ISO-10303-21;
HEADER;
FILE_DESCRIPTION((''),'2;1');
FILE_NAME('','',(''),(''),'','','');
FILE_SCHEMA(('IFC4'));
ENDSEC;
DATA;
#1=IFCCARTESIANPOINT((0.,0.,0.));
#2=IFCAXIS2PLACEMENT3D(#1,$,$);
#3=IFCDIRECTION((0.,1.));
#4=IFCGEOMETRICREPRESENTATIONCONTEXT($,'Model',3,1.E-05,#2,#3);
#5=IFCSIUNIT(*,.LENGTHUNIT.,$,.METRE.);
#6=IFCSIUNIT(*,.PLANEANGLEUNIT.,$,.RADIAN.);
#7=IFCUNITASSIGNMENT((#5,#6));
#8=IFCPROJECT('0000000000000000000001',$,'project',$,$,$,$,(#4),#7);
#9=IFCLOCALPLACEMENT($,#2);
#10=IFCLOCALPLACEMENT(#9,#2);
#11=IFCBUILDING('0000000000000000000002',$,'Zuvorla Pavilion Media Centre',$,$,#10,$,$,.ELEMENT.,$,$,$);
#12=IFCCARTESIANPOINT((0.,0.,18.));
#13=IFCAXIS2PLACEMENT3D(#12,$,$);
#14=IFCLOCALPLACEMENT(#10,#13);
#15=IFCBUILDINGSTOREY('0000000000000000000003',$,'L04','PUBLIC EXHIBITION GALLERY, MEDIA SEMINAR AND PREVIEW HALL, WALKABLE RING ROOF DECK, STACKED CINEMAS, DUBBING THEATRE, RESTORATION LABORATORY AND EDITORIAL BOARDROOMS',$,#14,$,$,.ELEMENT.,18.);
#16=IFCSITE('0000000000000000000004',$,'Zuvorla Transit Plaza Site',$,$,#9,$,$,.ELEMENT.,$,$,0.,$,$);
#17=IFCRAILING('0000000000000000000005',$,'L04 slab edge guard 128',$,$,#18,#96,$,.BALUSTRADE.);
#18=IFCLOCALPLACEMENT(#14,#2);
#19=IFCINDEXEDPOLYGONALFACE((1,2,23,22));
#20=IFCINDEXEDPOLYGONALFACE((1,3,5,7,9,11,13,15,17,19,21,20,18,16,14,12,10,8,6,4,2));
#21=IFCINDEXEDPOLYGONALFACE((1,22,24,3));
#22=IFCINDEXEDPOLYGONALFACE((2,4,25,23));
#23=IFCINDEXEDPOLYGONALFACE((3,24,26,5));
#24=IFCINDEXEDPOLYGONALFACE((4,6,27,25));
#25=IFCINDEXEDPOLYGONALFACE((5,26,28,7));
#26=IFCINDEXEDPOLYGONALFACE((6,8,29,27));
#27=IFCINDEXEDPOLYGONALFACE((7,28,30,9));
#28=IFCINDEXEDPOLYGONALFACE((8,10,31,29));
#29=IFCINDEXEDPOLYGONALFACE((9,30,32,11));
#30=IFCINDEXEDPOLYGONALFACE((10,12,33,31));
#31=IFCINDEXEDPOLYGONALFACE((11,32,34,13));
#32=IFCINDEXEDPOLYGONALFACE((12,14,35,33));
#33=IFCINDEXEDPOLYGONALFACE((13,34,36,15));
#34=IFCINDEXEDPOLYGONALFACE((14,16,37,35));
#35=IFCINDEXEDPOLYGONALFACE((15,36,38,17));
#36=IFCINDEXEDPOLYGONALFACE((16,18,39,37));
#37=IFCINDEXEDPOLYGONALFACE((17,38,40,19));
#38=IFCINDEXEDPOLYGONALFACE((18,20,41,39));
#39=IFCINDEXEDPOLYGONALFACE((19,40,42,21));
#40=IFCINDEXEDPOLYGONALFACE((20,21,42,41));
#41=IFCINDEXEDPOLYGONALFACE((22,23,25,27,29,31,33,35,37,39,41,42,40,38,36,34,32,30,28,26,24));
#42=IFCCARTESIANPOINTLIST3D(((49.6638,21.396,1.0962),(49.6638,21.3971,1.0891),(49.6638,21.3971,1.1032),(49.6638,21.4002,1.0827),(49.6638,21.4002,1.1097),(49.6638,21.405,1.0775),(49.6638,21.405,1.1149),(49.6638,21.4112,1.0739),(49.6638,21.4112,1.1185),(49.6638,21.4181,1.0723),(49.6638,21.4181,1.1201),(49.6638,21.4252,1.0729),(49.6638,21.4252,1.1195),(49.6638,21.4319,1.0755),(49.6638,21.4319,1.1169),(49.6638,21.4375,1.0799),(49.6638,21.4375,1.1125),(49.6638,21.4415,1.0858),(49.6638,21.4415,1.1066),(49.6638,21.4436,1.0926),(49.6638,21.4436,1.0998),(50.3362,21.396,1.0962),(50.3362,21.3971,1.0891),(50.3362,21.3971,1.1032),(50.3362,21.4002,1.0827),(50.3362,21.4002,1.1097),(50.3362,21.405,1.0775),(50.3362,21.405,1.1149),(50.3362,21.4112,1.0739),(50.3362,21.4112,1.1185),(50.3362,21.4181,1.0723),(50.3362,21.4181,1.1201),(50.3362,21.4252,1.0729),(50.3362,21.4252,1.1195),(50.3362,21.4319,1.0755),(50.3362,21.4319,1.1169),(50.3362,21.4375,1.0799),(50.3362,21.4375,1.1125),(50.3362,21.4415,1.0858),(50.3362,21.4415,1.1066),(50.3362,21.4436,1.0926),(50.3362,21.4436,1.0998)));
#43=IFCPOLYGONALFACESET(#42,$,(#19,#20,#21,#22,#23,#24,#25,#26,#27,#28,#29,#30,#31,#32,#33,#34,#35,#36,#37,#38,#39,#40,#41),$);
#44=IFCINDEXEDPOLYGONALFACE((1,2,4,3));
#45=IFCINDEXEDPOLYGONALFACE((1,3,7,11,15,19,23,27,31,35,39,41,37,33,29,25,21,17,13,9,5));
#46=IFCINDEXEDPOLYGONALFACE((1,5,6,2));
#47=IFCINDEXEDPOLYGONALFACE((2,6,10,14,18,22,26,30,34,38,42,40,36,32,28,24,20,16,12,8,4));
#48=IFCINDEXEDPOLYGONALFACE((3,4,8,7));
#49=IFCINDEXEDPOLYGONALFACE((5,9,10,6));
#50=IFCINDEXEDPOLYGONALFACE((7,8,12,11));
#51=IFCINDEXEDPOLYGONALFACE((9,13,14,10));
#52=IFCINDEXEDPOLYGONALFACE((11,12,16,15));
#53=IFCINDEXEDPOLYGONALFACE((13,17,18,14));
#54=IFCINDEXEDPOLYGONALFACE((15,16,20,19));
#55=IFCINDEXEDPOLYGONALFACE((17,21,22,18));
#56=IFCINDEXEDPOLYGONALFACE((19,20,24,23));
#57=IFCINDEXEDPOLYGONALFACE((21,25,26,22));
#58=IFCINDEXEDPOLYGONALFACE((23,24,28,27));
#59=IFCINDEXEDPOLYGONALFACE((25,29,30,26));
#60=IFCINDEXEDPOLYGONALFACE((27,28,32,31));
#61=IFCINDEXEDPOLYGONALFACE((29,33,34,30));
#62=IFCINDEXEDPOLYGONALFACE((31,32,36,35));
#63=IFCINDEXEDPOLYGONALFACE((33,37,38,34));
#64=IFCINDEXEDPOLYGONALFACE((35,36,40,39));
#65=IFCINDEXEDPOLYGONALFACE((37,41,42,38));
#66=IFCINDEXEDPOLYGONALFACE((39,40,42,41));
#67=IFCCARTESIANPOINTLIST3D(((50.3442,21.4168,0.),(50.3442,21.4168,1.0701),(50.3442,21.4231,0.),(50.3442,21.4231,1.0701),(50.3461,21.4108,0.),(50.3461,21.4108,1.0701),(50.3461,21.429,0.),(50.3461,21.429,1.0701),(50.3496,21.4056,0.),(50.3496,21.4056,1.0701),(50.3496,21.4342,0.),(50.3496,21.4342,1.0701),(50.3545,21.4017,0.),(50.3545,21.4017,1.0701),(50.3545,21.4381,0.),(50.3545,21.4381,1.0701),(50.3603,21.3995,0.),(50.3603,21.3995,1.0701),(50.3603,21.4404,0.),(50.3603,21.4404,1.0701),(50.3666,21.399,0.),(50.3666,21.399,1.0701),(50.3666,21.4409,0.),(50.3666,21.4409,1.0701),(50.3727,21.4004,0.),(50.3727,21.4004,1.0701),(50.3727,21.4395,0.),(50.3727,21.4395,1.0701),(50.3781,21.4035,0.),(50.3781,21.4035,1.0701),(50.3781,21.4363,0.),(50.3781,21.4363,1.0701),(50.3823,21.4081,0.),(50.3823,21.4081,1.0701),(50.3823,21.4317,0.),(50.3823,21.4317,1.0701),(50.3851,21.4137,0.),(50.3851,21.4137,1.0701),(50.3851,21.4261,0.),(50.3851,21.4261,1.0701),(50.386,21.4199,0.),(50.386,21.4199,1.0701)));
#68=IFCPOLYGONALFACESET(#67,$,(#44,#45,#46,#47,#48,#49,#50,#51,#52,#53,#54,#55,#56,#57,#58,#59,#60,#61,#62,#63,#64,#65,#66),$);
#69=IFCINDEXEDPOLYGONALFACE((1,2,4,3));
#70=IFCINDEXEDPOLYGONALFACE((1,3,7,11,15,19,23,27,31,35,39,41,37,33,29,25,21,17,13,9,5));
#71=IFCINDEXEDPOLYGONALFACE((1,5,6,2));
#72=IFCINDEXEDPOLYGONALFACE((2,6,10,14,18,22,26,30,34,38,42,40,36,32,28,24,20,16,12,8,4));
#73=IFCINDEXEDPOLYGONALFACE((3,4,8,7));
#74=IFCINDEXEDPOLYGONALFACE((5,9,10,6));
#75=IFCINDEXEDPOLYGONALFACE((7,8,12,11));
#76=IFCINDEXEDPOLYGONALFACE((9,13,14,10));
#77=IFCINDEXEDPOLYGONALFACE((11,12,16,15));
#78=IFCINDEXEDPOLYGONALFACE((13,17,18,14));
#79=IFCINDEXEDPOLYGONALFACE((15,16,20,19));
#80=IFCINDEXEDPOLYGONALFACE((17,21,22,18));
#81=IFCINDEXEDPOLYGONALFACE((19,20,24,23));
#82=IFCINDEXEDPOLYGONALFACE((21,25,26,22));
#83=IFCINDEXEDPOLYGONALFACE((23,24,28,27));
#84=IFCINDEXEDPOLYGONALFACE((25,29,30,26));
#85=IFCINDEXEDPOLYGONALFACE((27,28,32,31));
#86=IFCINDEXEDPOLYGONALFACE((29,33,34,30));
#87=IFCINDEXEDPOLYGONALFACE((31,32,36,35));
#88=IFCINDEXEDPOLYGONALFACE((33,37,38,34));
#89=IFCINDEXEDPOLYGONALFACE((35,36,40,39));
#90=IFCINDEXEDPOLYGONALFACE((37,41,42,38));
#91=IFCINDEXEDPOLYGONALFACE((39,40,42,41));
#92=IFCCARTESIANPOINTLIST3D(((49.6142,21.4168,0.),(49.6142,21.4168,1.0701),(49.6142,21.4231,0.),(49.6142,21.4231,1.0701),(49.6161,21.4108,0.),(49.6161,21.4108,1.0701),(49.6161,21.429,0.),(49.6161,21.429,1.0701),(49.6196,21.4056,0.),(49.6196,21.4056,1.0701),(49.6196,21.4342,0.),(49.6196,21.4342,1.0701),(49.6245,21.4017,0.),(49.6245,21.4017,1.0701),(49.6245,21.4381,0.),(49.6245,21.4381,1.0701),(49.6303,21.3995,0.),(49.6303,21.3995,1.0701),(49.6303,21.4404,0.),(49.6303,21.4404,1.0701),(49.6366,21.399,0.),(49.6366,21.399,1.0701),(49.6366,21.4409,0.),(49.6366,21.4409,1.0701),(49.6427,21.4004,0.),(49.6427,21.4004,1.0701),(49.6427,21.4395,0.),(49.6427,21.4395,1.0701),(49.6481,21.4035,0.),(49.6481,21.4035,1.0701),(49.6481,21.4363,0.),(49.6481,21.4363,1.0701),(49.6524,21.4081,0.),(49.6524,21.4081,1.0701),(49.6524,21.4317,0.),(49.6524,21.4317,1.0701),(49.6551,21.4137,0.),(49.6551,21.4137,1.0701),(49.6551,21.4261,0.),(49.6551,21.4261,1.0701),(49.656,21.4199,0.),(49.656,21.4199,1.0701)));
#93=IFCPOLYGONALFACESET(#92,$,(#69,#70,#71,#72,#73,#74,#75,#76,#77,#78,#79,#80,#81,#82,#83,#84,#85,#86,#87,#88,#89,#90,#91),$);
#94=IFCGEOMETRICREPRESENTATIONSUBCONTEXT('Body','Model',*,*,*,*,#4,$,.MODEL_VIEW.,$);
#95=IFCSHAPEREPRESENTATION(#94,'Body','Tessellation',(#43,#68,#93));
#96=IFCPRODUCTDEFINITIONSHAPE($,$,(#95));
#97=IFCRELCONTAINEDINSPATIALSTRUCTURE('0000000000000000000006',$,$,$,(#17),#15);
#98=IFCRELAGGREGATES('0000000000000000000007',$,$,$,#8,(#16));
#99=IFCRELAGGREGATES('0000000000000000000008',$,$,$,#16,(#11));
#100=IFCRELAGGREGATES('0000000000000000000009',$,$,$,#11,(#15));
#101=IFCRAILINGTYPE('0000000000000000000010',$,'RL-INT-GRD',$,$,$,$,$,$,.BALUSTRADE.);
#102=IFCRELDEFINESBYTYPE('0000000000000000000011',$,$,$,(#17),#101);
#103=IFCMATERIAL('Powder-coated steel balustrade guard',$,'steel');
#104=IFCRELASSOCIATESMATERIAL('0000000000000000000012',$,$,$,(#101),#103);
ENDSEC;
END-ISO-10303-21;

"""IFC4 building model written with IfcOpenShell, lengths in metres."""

from ifc_helpers import new_model, si_unit, direction, frame, origin, origin_2d, place, context, subcontext, project, spatial, circle, extrude, material, type_object, element, save


model = new_model("IFC4")

# Units and contexts
model_context = context("Model", 3, precision=1e-05, world=origin(), true_north=direction((0.0, 1.0)))
body_context = subcontext(model_context, "Body", "Model", "MODEL_VIEW")
ifc_project = project(units=[si_unit("LENGTHUNIT", "METRE"), si_unit("PLANEANGLEUNIT", "RADIAN")], contexts=[model_context])

# Site, building, storey
site_placement = place(None, origin())
site = spatial("IfcSite", under=ifc_project, at=site_placement, Name="Zuvorla Transit Plaza Site", CompositionType="ELEMENT", RefElevation=0.0)
building_placement = place(site_placement, origin())
building = spatial("IfcBuilding", under=site, at=building_placement, Name="Zuvorla Pavilion Media Centre", CompositionType="ELEMENT")
storey_placement = place(building_placement, frame((0.0, 0.0, 18.0)))
storey = spatial("IfcBuildingStorey", under=building, at=storey_placement, Name="L04", Description="PUBLIC EXHIBITION GALLERY, MEDIA SEMINAR AND PREVIEW HALL, WALKABLE RING ROOF DECK, STACKED CINEMAS, DUBBING THEATRE, RESTORATION LABORATORY AND EDITORIAL BOARDROOMS", CompositionType="ELEMENT", Elevation=18.0)

# Railing
ifc_material_1 = material(Name="Powder-coated steel balustrade guard", Category="steel")
railing_type = type_object("IfcRailingType", Name="RL-INT-GRD", PredefinedType="BALUSTRADE", material=ifc_material_1)
for number, where, name in (
    (1, (50.365, 21.4199, 0.0), "L04 slab edge guard 128"),
):
    element("IfcRailing", number, at=place(storey_placement, frame(where)), inside=storey, type_object=railing_type, Name=name, PredefinedType="BALUSTRADE", context=body_context, shape_type="SweptSolid", body=[
        extrude(circle(Radius=0.0239, at=origin_2d()), frame((-0.0288, 0.0, 1.0962), z_axis=(-1.0, 0.0, 0.0), x_axis=(0.0, -1.0, 0.0)), (0.0, 0.0, 1.0), 0.6724),
        extrude(circle(Radius=0.021, at=origin_2d()), origin(), (0.0, 0.0, 1.0), 1.0701),
        extrude(circle(Radius=0.021, at=origin_2d()), frame((-0.73, 0.0, 0.0)), (0.0, 0.0, 1.0), 1.0701),
    ])

save(model, "model.ifc")
